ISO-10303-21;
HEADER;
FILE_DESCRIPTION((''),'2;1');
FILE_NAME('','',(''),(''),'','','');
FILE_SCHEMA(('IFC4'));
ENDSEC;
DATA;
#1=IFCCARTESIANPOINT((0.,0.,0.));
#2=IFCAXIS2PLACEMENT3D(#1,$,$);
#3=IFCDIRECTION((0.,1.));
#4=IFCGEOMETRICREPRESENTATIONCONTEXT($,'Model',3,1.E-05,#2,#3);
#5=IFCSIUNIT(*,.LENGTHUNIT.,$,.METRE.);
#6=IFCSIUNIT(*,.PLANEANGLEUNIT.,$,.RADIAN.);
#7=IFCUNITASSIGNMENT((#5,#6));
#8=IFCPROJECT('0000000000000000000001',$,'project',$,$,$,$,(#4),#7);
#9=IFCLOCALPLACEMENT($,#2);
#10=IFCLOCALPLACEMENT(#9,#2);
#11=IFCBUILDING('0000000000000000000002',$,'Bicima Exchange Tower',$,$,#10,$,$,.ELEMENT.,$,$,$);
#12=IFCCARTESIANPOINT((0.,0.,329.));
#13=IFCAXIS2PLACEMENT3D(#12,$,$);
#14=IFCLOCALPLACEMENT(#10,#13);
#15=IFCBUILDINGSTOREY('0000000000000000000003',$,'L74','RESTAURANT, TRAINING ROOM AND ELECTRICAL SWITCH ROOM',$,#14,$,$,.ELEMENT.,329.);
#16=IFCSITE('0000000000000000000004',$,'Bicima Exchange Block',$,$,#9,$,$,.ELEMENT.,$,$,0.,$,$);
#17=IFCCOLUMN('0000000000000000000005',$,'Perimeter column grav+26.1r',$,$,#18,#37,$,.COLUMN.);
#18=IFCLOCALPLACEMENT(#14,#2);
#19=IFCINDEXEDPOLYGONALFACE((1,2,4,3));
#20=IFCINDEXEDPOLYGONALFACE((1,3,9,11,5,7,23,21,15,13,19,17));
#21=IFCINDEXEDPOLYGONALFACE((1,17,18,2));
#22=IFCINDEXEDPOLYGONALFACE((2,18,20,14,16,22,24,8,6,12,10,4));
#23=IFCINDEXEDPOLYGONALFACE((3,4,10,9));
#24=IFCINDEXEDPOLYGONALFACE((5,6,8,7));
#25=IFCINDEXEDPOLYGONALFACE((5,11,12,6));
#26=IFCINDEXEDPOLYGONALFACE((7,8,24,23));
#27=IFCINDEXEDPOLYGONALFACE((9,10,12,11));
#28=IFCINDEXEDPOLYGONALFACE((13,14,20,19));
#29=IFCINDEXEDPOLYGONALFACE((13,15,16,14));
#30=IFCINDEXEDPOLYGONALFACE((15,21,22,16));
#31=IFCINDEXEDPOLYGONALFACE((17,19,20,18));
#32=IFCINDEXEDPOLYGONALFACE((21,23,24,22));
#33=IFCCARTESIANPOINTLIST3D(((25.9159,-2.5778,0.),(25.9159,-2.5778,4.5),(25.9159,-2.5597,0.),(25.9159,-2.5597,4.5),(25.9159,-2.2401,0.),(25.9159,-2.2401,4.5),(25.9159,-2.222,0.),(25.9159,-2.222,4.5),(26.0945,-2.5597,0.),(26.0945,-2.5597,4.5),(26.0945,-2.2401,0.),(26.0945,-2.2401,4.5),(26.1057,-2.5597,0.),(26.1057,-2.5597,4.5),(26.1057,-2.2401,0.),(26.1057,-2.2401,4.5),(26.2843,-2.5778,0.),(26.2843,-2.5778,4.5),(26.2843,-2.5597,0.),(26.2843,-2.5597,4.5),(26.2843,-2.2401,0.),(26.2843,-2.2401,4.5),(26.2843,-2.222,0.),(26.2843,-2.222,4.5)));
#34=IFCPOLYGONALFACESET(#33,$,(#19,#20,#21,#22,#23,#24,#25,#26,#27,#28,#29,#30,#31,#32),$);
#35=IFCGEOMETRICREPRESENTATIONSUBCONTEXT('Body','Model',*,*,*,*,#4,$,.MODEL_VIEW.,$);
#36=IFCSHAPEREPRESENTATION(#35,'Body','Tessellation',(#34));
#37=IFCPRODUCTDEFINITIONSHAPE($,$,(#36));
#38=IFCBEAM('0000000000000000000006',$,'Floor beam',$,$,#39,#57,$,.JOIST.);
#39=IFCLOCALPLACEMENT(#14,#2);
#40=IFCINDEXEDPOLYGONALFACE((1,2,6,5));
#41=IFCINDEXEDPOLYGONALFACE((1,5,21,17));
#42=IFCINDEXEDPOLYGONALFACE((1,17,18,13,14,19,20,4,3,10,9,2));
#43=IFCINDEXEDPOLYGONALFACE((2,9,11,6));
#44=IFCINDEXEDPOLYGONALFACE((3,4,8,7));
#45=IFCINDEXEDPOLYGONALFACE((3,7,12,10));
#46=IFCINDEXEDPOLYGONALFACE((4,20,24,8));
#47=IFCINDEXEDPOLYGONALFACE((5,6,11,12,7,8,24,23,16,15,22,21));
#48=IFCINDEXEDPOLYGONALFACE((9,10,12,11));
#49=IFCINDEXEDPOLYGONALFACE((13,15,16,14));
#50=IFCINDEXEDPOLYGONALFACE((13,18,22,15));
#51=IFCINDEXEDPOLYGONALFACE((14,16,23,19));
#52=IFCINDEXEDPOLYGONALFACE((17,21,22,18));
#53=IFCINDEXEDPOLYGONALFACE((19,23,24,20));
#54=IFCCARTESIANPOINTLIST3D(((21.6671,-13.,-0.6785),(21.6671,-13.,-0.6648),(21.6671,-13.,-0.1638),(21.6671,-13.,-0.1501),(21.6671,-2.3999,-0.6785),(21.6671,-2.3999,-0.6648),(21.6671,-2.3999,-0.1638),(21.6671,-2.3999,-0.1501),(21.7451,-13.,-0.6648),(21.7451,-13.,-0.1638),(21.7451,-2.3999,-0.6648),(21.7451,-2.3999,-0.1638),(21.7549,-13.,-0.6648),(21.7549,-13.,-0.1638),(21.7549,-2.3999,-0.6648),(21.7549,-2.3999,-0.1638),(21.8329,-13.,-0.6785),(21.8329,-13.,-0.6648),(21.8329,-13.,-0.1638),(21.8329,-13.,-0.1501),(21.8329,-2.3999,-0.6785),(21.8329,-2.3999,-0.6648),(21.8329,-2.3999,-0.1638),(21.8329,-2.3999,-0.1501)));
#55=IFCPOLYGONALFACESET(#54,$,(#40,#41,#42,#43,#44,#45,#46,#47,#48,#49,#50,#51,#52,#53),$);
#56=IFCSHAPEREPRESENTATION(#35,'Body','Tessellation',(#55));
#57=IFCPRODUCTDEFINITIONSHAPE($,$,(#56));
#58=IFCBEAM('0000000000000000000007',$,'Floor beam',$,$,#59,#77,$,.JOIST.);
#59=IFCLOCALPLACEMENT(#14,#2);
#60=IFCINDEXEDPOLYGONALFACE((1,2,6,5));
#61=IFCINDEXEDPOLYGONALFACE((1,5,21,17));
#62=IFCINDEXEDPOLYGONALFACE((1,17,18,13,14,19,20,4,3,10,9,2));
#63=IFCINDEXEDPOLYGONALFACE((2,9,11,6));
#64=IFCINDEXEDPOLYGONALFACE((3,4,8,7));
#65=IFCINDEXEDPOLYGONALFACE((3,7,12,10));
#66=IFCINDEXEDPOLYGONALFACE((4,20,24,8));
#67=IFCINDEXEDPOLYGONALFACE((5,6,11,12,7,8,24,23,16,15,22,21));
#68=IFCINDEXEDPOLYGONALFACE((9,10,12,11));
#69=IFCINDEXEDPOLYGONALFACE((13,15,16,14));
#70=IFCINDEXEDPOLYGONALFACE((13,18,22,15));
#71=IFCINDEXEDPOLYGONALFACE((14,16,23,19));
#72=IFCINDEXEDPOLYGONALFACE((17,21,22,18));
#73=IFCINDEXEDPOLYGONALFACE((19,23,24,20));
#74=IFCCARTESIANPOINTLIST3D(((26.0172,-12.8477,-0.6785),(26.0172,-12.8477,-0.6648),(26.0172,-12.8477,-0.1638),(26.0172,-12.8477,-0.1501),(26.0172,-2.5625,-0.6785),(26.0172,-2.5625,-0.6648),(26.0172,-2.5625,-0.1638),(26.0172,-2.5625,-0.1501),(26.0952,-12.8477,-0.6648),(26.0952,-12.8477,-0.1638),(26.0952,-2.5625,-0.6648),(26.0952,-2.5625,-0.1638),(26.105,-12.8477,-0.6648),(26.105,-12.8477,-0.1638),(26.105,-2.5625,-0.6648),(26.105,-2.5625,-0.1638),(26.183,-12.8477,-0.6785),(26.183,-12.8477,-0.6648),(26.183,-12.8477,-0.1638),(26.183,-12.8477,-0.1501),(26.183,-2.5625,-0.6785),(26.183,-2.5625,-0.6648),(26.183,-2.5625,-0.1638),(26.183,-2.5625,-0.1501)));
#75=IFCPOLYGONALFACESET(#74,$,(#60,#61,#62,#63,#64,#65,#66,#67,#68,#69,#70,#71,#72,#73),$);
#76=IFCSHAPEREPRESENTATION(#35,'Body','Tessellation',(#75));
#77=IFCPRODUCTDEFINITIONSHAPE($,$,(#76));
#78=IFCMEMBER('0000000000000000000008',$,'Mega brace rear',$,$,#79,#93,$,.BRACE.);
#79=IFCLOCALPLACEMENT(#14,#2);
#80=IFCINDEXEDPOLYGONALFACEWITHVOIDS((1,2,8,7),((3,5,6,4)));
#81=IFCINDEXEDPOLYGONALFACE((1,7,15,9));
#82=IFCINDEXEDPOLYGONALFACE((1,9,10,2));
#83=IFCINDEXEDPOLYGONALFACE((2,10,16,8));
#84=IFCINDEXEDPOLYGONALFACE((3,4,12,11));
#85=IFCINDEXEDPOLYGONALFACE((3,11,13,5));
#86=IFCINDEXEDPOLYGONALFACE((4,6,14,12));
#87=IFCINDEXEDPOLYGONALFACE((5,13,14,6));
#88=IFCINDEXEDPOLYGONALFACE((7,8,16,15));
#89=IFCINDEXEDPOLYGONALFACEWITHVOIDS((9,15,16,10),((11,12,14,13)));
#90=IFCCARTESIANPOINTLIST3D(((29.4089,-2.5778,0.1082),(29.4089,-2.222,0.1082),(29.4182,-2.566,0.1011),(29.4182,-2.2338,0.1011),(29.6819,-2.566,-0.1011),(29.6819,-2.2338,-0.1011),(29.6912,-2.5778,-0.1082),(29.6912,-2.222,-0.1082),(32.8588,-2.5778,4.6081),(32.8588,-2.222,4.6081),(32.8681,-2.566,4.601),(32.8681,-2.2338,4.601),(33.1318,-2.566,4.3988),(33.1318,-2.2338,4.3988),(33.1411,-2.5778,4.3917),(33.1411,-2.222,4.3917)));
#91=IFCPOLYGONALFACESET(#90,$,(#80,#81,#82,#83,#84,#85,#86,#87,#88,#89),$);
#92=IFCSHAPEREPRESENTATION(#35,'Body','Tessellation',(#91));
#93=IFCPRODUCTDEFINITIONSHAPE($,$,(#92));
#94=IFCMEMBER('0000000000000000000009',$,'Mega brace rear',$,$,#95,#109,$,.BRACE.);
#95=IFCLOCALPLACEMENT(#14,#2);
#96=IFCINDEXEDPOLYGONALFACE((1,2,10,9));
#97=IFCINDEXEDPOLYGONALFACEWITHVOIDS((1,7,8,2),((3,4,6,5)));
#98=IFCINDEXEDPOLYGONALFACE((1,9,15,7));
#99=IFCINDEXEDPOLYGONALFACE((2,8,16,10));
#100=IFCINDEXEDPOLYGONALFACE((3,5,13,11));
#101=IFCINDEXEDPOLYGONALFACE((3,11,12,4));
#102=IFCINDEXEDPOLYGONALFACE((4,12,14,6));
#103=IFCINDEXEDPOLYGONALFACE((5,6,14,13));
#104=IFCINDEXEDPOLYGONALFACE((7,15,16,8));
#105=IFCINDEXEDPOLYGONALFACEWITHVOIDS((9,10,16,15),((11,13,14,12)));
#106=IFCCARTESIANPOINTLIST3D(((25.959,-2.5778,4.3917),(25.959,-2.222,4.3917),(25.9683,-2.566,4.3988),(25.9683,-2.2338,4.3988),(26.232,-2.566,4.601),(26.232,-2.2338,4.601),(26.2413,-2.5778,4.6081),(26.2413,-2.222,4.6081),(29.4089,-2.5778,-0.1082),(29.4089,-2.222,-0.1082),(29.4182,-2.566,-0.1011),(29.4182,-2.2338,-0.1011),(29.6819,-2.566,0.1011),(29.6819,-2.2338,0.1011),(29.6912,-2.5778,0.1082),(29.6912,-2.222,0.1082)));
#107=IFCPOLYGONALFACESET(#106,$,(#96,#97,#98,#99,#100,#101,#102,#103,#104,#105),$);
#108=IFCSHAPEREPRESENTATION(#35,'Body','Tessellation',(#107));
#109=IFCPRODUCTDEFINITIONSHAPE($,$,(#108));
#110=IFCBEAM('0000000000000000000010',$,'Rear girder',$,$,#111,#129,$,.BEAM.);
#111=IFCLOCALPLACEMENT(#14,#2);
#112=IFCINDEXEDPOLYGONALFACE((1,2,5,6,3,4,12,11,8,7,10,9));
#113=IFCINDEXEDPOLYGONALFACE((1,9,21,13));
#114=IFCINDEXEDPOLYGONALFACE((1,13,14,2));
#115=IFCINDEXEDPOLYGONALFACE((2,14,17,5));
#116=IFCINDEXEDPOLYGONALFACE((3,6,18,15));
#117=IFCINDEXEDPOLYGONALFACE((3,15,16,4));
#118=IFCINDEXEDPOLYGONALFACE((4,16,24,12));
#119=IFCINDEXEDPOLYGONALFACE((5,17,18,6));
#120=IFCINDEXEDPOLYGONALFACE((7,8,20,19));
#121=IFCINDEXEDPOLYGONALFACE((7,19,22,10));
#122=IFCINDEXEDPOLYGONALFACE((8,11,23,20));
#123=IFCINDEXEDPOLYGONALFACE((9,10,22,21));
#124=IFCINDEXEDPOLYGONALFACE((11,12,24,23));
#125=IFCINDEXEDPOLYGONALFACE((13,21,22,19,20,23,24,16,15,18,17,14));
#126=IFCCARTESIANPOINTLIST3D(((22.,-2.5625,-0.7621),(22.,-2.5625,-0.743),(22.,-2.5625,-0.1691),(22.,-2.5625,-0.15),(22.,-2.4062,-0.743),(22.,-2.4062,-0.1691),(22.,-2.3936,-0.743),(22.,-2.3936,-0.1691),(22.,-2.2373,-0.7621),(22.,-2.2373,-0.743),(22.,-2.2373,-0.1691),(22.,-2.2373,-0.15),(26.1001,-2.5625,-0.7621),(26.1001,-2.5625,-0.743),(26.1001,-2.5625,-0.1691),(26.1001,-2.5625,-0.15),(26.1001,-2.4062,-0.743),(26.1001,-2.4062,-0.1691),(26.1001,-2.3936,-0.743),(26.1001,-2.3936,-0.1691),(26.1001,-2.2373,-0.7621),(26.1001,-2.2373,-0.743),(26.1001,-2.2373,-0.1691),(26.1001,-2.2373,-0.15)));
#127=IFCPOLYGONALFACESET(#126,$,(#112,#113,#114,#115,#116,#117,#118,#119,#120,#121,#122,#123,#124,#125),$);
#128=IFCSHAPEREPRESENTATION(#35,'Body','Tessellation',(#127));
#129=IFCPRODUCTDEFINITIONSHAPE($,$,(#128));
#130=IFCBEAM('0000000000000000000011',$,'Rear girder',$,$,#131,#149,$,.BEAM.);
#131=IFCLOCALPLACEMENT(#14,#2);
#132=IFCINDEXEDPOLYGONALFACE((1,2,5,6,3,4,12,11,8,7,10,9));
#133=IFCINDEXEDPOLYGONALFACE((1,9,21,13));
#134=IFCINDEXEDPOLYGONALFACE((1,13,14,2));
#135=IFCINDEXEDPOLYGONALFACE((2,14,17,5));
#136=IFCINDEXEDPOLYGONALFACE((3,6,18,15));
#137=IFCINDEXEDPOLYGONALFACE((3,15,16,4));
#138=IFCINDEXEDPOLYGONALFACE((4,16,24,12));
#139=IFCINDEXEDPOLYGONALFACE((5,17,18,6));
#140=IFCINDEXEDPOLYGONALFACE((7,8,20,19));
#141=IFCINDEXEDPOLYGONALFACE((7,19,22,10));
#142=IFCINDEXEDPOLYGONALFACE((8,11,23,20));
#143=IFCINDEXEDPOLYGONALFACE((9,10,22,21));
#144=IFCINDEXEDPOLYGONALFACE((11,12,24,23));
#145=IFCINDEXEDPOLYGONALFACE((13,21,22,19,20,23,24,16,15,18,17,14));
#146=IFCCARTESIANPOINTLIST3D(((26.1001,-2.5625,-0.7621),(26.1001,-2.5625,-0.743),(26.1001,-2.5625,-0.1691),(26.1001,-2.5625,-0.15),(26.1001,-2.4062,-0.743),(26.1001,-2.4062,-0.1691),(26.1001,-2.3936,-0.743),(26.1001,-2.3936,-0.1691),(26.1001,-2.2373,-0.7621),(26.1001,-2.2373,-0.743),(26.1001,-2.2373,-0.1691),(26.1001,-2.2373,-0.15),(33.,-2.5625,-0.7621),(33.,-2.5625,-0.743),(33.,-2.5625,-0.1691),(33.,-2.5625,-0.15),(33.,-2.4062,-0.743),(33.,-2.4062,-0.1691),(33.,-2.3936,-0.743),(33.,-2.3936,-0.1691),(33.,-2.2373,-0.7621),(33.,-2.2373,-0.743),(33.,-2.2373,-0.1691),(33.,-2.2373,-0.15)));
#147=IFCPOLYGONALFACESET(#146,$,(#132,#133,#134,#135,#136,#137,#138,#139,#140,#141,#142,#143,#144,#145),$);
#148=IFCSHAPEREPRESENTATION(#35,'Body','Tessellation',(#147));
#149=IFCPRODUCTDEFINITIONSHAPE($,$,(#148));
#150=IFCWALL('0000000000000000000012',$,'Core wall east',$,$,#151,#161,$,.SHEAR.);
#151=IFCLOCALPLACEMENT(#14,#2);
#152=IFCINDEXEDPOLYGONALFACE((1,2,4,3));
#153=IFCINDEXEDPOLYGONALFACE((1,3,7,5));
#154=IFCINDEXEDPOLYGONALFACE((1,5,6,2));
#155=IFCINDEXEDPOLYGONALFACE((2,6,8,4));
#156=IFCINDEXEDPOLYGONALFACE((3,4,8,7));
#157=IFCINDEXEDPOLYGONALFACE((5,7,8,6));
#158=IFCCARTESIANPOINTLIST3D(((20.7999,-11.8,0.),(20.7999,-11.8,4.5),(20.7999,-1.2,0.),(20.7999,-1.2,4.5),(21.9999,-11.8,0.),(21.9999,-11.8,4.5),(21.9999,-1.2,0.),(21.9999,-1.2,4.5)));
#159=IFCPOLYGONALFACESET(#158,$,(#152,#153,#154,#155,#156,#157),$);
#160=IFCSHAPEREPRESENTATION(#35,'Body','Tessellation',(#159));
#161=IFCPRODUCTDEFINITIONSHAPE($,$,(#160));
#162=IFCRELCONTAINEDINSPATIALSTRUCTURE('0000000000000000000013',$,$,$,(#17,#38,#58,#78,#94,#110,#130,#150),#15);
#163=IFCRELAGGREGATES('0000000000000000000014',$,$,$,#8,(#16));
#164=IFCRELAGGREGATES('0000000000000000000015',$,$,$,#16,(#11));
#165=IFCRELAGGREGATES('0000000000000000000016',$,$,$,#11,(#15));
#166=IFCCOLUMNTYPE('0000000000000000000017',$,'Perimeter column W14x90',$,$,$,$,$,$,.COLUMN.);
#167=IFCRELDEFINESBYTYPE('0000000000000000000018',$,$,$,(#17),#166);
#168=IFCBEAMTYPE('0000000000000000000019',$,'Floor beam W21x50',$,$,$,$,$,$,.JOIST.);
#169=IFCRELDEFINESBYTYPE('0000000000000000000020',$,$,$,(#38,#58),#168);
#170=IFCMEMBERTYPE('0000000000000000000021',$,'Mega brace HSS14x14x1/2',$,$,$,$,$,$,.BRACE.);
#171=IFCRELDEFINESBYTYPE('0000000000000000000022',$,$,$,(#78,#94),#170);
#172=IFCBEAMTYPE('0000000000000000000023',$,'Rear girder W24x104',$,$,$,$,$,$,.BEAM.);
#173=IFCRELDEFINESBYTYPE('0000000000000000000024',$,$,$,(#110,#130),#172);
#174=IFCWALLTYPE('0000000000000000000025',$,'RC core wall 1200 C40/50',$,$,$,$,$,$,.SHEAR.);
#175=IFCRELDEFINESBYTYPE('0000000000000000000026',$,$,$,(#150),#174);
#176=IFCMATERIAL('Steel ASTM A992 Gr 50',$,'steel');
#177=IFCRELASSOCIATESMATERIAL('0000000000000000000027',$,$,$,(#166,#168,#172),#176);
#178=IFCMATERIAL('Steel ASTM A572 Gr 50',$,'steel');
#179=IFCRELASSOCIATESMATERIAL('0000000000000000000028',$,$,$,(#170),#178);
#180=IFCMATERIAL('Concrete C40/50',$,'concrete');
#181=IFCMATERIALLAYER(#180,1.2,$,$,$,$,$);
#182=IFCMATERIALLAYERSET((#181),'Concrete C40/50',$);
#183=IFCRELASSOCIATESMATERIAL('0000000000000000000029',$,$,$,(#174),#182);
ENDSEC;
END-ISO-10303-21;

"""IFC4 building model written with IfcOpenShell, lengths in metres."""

from ifc_helpers import new_model, si_unit, direction, frame, frame_2d, origin, origin_2d, place, context, subcontext, project, spatial, rectangle, hollow_rectangle, i_section, extrude, material, layer, layer_set, material_profile, profile_set, type_object, element, save


model = new_model("IFC4")

# Units and contexts
model_context = context("Model", 3, precision=1e-05, world=origin(), true_north=direction((0.0, 1.0)))
body_context = subcontext(model_context, "Body", "Model", "MODEL_VIEW")
ifc_project = project(units=[si_unit("LENGTHUNIT", "METRE"), si_unit("PLANEANGLEUNIT", "RADIAN")], contexts=[model_context])

# Site, building, storey
site_placement = place(None, origin())
site = spatial("IfcSite", under=ifc_project, at=site_placement, Name="Bicima Exchange Block", CompositionType="ELEMENT", RefElevation=0.0)
building_placement = place(site_placement, origin())
building = spatial("IfcBuilding", under=site, at=building_placement, Name="Bicima Exchange Tower", CompositionType="ELEMENT")
storey_placement = place(building_placement, frame((0.0, 0.0, 329.0)))
storey = spatial("IfcBuildingStorey", under=building, at=storey_placement, Name="L74", Description="RESTAURANT, TRAINING ROOM AND ELECTRICAL SWITCH ROOM", CompositionType="ELEMENT", Elevation=329.0)

# Column
ifc_material_1 = material(Name="Steel ASTM A992 Gr 50", Category="steel")
ifc_material_profile_1 = material_profile(ifc_material_1, i_section(OverallWidth=0.3684, OverallDepth=0.3557, WebThickness=0.0112, FlangeThickness=0.0181, at=origin_2d()))
ifc_profile_set_1 = profile_set([ifc_material_profile_1], Name="Steel ASTM A992 Gr 50")
column_type = type_object("IfcColumnType", Name="Perimeter column W14x90", PredefinedType="COLUMN", material=ifc_profile_set_1)
column_placement = place(storey_placement, frame((26.1001, -2.3999, 0.0), z_axis=(0.0, 0.0, 1.0), x_axis=(1.0, 0.0, 0.0)))
element("IfcColumn", 1, at=column_placement, inside=storey, type_object=column_type, Name="Perimeter column grav+26.1r", PredefinedType="COLUMN", context=body_context, shape_type="SweptSolid", body=[
    extrude(i_section(OverallWidth=0.3684, OverallDepth=0.3557, WebThickness=0.0112, FlangeThickness=0.0181, at=origin_2d()), origin(), (0.0, 0.0, 1.0), 4.5),
])

# Beams
ifc_material_profile_2 = material_profile(ifc_material_1, i_section(OverallWidth=0.1658, OverallDepth=0.5283, WebThickness=0.0098, FlangeThickness=0.0137, at=origin_2d()))
ifc_profile_set_2 = profile_set([ifc_material_profile_2], Name="Steel ASTM A992 Gr 50")
beam_type_1 = type_object("IfcBeamType", Name="Floor beam W21x50", PredefinedType="JOIST", material=ifc_profile_set_2)
beam_1_placement = place(storey_placement, frame((21.75, -2.3999, -0.4143), z_axis=(0.0, -1.0, 0.0), x_axis=(1.0, 0.0, 0.0)))
element("IfcBeam", 2, at=beam_1_placement, inside=storey, type_object=beam_type_1, Name="Floor beam", PredefinedType="JOIST", context=body_context, shape_type="SweptSolid", body=[
    extrude(i_section(OverallWidth=0.1658, OverallDepth=0.5283, WebThickness=0.0098, FlangeThickness=0.0137, at=origin_2d()), origin(), (0.0, 0.0, 1.0), 10.6001),
])
beam_2_placement = place(storey_placement, frame((26.1001, -2.5625, -0.4143), z_axis=(0.0, -1.0, 0.0), x_axis=(1.0, 0.0, 0.0)))
element("IfcBeam", 3, at=beam_2_placement, inside=storey, type_object=beam_type_1, Name="Floor beam", PredefinedType="JOIST", context=body_context, shape_type="SweptSolid", body=[
    extrude(i_section(OverallWidth=0.1658, OverallDepth=0.5283, WebThickness=0.0098, FlangeThickness=0.0137, at=origin_2d()), origin(), (0.0, 0.0, 1.0), 10.2852),
])

# Members
ifc_material_2 = material(Name="Steel ASTM A572 Gr 50", Category="steel")
ifc_material_profile_3 = material_profile(ifc_material_2, hollow_rectangle(XDim=0.3557, YDim=0.3557, WallThickness=0.0117, at=origin_2d()))
ifc_profile_set_3 = profile_set([ifc_material_profile_3], Name="Steel ASTM A572 Gr 50")
member_type = type_object("IfcMemberType", Name="Mega brace HSS14x14x1/2", PredefinedType="BRACE", material=ifc_profile_set_3)
for number, where, z_axis, x_axis, name in (
    (4, (29.55, -2.3999, 0.0), (0.608426, 0.0, 0.793611), (0.0, 1.0, 0.0), "Mega brace rear"),
    (5, (29.55, -2.3999, 0.0), (-0.608426, 0.0, 0.793611), (0.0, -1.0, 0.0), "Mega brace rear"),
):
    element("IfcMember", number, at=place(storey_placement, frame(where, z_axis=z_axis, x_axis=x_axis)), inside=storey, type_object=member_type, Name=name, PredefinedType="BRACE", context=body_context, shape_type="SweptSolid", body=[
        extrude(hollow_rectangle(XDim=0.3557, YDim=0.3557, WallThickness=0.0117, at=origin_2d()), origin(), (0.0, 0.0, 1.0), 5.6702),
    ])

# Beams
ifc_material_profile_4 = material_profile(ifc_material_1, i_section(OverallWidth=0.3252, OverallDepth=0.6121, WebThickness=0.0127, FlangeThickness=0.019, at=origin_2d()))
ifc_profile_set_4 = profile_set([ifc_material_profile_4], Name="Steel ASTM A992 Gr 50")
beam_type_2 = type_object("IfcBeamType", Name="Rear girder W24x104", PredefinedType="BEAM", material=ifc_profile_set_4)
beam_3_placement = place(storey_placement, frame((22.0, -2.3999, -0.4561), z_axis=(1.0, 0.0, 0.0), x_axis=(0.0, 1.0, 0.0)))
element("IfcBeam", 6, at=beam_3_placement, inside=storey, type_object=beam_type_2, Name="Rear girder", PredefinedType="BEAM", context=body_context, shape_type="SweptSolid", body=[
    extrude(i_section(OverallWidth=0.3252, OverallDepth=0.6121, WebThickness=0.0127, FlangeThickness=0.019, at=origin_2d()), origin(), (0.0, 0.0, 1.0), 4.1001),
])
beam_4_placement = place(storey_placement, frame((26.1001, -2.3999, -0.4561), z_axis=(1.0, 0.0, 0.0), x_axis=(0.0, 1.0, 0.0)))
element("IfcBeam", 7, at=beam_4_placement, inside=storey, type_object=beam_type_2, Name="Rear girder", PredefinedType="BEAM", context=body_context, shape_type="SweptSolid", body=[
    extrude(i_section(OverallWidth=0.3252, OverallDepth=0.6121, WebThickness=0.0127, FlangeThickness=0.019, at=origin_2d()), origin(), (0.0, 0.0, 1.0), 6.8999),
])

# Wall
ifc_material_3 = material(Name="Concrete C40/50", Category="concrete")
ifc_layer_1 = layer(ifc_material_3, 1.2)
ifc_layer_set_1 = layer_set([ifc_layer_1], Name="Concrete C40/50")
wall_type_1 = type_object("IfcWallType", Name="RC core wall 1200 C40/50", PredefinedType="SHEAR", material=ifc_layer_set_1)
wall_1_placement = place(storey_placement, frame((21.3999, -11.8, 0.0), z_axis=(0.0, 0.0, 1.0), x_axis=(0.0, 1.0, 0.0)))
element("IfcWall", 8, at=wall_1_placement, inside=storey, type_object=wall_type_1, Name="Core wall east", PredefinedType="SHEAR", context=body_context, shape_type="SweptSolid", body=[
    extrude(rectangle(XDim=10.6001, YDim=1.2, at=frame_2d((5.3, 0.0))), origin(), (0.0, 0.0, 1.0), 4.5),
])

save(model, "model.ifc")
